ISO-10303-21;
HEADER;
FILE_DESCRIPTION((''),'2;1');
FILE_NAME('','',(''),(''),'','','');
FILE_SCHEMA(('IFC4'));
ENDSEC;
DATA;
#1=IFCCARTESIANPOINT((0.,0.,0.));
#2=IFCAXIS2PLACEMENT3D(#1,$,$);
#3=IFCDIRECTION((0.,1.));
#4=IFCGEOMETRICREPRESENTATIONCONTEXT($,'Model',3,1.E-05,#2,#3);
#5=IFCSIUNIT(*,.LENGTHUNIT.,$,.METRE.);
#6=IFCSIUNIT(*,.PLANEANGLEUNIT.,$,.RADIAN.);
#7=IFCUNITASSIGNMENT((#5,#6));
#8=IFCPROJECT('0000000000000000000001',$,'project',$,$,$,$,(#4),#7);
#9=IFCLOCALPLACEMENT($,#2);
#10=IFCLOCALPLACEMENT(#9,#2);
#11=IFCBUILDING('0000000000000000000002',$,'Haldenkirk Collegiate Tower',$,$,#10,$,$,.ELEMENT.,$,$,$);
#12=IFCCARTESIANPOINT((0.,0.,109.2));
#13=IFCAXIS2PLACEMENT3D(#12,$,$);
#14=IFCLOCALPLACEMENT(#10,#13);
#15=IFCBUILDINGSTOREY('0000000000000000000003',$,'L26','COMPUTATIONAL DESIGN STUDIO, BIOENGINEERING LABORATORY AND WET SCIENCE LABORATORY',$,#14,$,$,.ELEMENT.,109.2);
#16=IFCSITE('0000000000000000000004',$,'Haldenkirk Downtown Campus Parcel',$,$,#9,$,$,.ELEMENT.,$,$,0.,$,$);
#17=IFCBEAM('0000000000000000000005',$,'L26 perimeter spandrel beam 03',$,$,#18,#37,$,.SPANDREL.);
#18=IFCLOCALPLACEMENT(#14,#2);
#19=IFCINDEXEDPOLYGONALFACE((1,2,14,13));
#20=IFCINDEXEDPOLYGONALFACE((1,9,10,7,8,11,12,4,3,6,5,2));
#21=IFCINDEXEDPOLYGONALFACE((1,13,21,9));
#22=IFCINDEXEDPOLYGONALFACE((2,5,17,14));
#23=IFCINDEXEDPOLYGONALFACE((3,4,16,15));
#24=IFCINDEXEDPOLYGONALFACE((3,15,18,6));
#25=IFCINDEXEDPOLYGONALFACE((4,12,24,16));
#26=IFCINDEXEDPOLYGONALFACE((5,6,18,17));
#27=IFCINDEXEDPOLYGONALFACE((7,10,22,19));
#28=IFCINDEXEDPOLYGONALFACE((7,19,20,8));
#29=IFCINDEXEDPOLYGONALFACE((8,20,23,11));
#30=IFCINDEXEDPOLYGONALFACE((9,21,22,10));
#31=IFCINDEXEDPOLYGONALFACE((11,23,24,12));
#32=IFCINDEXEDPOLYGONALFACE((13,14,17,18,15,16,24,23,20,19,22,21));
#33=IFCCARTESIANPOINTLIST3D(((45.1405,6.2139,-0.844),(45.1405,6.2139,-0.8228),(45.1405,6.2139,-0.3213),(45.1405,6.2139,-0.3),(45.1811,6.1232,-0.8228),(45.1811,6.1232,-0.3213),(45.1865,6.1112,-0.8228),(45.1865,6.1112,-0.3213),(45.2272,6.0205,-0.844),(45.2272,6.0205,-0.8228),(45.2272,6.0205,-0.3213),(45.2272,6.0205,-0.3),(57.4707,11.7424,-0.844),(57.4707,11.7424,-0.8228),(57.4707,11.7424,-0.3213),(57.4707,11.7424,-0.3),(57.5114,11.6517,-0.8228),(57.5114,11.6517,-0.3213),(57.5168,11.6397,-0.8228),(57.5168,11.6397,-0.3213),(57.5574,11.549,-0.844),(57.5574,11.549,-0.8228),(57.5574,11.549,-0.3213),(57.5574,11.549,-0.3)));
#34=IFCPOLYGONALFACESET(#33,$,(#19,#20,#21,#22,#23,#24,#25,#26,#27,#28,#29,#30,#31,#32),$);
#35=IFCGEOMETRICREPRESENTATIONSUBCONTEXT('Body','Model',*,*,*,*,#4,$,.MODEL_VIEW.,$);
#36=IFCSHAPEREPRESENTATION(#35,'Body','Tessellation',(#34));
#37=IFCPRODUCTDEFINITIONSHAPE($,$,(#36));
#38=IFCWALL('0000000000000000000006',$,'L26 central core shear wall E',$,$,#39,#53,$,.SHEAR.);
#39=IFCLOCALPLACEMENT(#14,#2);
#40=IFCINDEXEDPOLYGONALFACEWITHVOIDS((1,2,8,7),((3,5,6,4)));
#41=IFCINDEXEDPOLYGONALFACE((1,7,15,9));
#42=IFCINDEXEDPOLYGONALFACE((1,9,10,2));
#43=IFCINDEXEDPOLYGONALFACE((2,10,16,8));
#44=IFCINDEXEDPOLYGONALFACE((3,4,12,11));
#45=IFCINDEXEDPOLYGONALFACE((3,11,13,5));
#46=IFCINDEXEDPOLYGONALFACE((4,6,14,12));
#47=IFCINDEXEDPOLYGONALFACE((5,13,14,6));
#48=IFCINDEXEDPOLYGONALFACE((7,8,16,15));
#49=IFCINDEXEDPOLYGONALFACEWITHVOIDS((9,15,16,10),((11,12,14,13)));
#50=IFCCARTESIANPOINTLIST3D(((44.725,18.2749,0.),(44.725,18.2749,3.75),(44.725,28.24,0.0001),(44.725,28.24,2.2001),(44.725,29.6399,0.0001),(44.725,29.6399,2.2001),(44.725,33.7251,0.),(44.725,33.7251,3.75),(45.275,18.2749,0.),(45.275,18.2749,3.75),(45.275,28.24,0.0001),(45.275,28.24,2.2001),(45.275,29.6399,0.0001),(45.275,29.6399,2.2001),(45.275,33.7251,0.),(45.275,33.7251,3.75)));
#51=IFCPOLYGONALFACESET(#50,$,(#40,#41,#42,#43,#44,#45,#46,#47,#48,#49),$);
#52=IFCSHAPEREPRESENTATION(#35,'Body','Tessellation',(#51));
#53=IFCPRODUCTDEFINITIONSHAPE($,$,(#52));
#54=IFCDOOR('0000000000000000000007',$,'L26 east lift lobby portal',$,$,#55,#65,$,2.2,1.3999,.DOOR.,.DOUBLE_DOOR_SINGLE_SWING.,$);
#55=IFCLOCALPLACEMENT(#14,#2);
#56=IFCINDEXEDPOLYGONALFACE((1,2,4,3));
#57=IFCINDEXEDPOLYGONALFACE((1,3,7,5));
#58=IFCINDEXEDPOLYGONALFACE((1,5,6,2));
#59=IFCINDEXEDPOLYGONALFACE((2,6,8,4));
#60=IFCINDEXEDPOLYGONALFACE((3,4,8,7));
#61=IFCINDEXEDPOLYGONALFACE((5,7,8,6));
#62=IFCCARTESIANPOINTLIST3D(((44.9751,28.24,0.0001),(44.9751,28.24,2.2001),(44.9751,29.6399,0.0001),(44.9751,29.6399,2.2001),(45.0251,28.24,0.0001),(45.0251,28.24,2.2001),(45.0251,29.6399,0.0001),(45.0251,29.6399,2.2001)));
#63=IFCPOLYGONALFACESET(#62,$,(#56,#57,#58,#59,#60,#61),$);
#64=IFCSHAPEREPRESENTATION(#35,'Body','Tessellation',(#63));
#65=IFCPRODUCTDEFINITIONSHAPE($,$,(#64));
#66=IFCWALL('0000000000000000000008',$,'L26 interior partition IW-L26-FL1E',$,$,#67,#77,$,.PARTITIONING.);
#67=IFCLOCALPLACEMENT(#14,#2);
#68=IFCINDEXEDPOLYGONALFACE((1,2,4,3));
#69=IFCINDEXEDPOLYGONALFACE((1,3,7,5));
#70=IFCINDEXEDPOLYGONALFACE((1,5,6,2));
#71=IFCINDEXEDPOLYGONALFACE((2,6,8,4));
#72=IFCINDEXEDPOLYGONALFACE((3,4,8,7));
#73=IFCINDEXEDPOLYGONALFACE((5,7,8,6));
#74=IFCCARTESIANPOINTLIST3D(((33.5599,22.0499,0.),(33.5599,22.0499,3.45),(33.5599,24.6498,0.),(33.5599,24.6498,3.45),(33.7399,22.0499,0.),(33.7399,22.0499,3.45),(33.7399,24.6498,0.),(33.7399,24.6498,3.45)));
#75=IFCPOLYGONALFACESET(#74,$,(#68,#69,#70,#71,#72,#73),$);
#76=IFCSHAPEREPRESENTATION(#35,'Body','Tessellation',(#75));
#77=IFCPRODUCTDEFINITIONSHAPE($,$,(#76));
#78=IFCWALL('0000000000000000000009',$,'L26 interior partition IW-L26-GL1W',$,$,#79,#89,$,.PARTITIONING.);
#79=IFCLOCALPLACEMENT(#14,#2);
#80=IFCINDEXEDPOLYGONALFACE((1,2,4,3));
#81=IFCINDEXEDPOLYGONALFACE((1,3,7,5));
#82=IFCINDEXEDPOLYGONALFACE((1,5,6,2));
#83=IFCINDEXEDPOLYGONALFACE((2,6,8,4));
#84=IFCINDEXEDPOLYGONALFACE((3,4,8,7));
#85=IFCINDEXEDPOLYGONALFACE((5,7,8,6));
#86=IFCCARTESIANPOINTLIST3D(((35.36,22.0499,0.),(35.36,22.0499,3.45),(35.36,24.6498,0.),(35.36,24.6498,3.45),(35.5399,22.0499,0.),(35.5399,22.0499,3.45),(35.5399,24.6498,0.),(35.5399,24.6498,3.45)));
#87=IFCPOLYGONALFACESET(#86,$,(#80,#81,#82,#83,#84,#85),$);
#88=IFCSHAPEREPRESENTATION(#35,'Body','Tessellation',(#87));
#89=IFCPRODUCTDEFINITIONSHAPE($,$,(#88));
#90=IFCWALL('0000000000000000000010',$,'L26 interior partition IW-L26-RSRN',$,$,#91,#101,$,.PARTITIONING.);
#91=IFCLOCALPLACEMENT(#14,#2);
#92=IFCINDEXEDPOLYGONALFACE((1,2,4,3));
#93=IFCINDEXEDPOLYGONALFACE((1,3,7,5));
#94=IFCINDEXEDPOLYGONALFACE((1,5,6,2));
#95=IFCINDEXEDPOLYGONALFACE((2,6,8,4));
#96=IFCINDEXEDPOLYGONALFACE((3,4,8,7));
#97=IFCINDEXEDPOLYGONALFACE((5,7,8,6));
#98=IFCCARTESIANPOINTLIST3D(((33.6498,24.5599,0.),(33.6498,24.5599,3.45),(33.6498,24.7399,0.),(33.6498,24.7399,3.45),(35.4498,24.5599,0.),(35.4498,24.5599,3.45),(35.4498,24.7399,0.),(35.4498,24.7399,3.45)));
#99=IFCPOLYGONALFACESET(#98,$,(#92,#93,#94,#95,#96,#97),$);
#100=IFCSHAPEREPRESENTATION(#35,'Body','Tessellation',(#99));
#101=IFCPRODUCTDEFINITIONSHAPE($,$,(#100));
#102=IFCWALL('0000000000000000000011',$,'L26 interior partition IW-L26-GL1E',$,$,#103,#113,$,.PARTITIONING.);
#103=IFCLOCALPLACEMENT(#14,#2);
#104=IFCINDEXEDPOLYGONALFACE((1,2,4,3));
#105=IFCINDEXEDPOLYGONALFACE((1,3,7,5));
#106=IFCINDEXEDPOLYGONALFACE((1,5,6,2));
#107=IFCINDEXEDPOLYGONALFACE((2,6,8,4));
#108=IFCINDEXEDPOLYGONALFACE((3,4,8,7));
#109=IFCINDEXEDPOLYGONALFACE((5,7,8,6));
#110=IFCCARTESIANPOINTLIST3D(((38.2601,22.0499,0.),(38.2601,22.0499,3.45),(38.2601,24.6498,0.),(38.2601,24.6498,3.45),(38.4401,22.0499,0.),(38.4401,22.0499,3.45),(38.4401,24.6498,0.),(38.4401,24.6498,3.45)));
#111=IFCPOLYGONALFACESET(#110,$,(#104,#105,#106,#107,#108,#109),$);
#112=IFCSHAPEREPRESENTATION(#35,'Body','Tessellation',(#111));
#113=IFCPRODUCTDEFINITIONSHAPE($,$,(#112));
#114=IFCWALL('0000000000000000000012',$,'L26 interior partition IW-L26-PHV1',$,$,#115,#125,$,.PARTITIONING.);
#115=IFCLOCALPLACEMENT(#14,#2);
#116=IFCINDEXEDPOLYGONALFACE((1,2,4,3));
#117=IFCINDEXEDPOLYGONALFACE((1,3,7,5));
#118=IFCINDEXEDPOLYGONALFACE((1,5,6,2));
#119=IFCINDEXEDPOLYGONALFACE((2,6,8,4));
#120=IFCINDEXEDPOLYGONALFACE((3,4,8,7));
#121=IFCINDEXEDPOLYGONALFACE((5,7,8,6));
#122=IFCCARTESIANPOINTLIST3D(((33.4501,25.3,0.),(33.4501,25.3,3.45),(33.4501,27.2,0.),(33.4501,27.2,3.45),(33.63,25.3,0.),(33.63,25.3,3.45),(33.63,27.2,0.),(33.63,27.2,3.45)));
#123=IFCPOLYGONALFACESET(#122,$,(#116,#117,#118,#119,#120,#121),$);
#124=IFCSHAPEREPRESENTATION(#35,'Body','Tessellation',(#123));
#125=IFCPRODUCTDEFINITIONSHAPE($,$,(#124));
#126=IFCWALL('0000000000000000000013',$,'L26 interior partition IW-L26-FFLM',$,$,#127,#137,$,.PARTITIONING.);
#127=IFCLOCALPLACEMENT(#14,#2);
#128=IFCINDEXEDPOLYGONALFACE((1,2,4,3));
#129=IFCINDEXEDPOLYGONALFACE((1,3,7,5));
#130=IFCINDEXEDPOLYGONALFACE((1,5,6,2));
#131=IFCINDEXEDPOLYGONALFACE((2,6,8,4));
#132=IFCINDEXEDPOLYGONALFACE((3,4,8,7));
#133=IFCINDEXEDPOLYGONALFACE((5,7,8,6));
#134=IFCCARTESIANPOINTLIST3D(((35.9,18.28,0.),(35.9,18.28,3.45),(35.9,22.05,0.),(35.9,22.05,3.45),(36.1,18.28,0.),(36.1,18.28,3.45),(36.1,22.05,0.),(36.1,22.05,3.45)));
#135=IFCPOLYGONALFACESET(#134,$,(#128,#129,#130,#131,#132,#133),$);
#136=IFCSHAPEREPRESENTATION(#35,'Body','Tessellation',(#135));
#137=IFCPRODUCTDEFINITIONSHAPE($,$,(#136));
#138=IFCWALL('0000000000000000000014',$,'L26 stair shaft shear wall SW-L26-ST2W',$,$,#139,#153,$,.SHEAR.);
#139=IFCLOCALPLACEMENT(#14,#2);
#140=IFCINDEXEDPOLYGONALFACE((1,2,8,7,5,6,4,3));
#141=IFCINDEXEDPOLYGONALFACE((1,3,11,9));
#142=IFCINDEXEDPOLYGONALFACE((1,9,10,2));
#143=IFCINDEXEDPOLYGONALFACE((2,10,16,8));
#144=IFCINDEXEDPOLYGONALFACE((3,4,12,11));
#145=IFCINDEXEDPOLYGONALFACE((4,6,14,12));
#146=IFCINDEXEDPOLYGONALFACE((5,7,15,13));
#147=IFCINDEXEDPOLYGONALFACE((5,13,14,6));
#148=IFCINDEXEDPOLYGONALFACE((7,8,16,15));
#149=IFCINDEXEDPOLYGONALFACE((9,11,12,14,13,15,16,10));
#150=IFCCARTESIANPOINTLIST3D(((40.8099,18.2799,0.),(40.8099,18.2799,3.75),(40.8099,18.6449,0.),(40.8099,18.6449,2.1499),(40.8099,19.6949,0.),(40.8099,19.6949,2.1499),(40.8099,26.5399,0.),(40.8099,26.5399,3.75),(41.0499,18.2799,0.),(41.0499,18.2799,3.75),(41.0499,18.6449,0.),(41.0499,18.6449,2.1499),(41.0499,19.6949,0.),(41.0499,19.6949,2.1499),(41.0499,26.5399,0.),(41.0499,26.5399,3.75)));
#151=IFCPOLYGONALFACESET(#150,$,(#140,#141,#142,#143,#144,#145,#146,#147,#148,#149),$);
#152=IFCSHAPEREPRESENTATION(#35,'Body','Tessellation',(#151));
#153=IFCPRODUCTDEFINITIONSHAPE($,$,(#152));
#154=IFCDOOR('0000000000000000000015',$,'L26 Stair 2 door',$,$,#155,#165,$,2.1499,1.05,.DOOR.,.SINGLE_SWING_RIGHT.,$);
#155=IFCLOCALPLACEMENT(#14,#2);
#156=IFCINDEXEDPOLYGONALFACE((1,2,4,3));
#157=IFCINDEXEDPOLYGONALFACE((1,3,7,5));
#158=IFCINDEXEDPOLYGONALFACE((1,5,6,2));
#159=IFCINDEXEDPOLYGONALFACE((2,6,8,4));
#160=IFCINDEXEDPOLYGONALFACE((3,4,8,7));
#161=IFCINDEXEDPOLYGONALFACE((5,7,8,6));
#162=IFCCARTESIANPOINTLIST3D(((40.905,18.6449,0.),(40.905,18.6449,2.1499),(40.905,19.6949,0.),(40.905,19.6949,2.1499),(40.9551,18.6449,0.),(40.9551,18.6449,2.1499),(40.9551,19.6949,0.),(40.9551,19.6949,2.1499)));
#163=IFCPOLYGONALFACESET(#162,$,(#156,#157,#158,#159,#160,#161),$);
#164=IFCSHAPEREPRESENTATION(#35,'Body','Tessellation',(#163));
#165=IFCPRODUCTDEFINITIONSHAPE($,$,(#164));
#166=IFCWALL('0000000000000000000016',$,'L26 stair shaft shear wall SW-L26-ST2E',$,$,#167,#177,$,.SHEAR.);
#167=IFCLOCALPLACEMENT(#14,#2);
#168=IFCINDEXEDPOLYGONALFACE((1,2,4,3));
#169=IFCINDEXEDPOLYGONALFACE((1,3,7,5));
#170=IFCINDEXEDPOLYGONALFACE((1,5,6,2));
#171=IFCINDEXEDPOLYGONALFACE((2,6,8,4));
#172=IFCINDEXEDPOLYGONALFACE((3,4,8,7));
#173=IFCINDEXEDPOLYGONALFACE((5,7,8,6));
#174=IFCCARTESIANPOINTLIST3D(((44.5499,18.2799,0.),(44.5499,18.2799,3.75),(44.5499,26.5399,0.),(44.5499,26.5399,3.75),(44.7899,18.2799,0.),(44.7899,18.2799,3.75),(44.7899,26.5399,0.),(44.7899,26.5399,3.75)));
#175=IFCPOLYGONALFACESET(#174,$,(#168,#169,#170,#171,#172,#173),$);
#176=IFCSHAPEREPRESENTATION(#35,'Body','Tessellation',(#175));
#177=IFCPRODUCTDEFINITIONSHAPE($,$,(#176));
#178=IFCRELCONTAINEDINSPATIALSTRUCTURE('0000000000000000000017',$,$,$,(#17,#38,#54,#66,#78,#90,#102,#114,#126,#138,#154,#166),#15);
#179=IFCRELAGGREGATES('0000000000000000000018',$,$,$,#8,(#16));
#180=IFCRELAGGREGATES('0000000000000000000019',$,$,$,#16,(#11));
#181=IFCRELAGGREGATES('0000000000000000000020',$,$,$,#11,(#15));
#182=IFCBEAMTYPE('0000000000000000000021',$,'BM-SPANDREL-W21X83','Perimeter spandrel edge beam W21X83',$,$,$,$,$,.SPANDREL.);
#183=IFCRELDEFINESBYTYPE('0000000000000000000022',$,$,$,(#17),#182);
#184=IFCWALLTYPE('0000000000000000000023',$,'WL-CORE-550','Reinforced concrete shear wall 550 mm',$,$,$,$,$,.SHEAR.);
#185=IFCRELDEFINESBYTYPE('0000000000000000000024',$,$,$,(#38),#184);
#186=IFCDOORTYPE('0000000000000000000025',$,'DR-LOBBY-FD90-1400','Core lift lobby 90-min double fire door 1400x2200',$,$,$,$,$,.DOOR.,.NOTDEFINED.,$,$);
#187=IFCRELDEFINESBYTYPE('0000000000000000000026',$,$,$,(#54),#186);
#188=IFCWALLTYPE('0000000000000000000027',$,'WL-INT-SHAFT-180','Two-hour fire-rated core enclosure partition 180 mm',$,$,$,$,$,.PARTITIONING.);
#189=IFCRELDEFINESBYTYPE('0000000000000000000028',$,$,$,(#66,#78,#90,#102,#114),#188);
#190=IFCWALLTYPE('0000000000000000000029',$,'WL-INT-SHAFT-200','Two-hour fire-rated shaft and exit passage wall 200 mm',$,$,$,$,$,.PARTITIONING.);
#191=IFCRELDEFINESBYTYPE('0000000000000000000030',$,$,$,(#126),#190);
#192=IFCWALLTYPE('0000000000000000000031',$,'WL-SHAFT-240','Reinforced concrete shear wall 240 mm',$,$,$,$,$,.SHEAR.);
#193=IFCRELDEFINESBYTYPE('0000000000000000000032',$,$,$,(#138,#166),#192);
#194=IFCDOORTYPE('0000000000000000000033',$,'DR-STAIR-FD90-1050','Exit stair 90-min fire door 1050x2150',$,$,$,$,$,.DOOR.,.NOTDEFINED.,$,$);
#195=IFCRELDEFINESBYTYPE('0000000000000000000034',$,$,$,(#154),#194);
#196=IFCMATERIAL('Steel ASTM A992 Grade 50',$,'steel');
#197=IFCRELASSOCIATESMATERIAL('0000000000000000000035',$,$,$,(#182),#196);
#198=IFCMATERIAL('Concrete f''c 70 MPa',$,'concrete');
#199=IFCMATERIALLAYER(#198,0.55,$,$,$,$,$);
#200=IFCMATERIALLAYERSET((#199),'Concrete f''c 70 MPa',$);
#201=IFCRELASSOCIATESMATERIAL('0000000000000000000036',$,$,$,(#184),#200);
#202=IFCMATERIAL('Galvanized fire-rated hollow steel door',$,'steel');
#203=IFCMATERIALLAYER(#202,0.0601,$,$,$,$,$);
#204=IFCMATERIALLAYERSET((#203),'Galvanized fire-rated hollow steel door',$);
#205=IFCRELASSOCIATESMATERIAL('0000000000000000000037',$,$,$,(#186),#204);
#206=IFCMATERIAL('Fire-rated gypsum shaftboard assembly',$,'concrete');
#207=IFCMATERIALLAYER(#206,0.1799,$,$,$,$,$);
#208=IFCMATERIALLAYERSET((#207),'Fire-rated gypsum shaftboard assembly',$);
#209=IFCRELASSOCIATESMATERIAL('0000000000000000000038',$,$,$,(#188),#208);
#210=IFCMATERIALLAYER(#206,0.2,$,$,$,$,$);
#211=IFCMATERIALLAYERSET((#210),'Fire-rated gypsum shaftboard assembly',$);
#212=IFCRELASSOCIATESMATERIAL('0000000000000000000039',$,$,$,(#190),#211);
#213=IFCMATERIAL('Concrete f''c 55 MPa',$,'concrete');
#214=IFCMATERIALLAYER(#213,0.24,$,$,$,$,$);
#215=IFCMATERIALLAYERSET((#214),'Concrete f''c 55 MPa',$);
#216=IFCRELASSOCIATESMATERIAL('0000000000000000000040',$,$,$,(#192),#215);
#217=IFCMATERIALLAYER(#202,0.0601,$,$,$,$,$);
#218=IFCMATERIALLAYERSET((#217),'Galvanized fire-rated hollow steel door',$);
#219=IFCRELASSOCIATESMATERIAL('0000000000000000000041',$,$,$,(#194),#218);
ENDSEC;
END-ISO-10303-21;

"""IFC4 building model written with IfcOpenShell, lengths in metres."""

from ifc_helpers import new_model, si_unit, direction, frame, frame_2d, origin, origin_2d, place, context, subcontext, project, spatial, rectangle, i_section, extrude, material, layer, layer_set, material_profile, profile_set, type_object, element, fill, save


model = new_model("IFC4")

# Units and contexts
model_context = context("Model", 3, precision=1e-05, world=origin(), true_north=direction((0.0, 1.0)))
body_context = subcontext(model_context, "Body", "Model", "MODEL_VIEW")
ifc_project = project(units=[si_unit("LENGTHUNIT", "METRE"), si_unit("PLANEANGLEUNIT", "RADIAN")], contexts=[model_context])

# Site, building, storey
site_placement = place(None, origin())
site = spatial("IfcSite", under=ifc_project, at=site_placement, Name="Haldenkirk Downtown Campus Parcel", CompositionType="ELEMENT", RefElevation=0.0)
building_placement = place(site_placement, origin())
building = spatial("IfcBuilding", under=site, at=building_placement, Name="Haldenkirk Collegiate Tower", CompositionType="ELEMENT")
storey_placement = place(building_placement, frame((0.0, 0.0, 109.2)))
storey = spatial("IfcBuildingStorey", under=building, at=storey_placement, Name="L26", Description="COMPUTATIONAL DESIGN STUDIO, BIOENGINEERING LABORATORY AND WET SCIENCE LABORATORY", CompositionType="ELEMENT", Elevation=109.2)

# Beam
ifc_material_1 = material(Name="Steel ASTM A992 Grade 50", Category="steel")
ifc_material_profile = material_profile(ifc_material_1, i_section(OverallWidth=0.2119, OverallDepth=0.5439, WebThickness=0.0132, FlangeThickness=0.0212, at=origin_2d()), Name="W21X83")
ifc_profile_set = profile_set([ifc_material_profile], Name="Steel ASTM A992 Grade 50")
beam_type = type_object("IfcBeamType", Name="BM-SPANDREL-W21X83", Description="Perimeter spandrel edge beam W21X83", PredefinedType="SPANDREL", material=ifc_profile_set)
beam_placement = place(storey_placement, frame((45.1838, 6.1172, -0.572), z_axis=(0.912477, 0.409129, 0.0), x_axis=(-0.409129, 0.912477, 0.0)))
element("IfcBeam", 1, at=beam_placement, inside=storey, type_object=beam_type, Name="L26 perimeter spandrel beam 03", PredefinedType="SPANDREL", context=body_context, shape_type="SweptSolid", body=[
    extrude(i_section(OverallWidth=0.2119, OverallDepth=0.5439, WebThickness=0.0132, FlangeThickness=0.0212, at=origin_2d()), origin(), (0.0, 0.0, 1.0), 13.5129),
])

# Wall, opening, door
ifc_material_2 = material(Name="Concrete f'c 70 MPa", Category="concrete")
ifc_layer_1 = layer(ifc_material_2, 0.55)
ifc_layer_set_1 = layer_set([ifc_layer_1], Name="Concrete f'c 70 MPa")
wall_type_1 = type_object("IfcWallType", Name="WL-CORE-550", Description="Reinforced concrete shear wall 550 mm", PredefinedType="SHEAR", material=ifc_layer_set_1)
wall_1_placement = place(storey_placement, frame((45.0, 18.2749, 0.0), z_axis=(0.0, 0.0, 1.0), x_axis=(0.0, 1.0, 0.0)))
wall_1 = element("IfcWall", 2, at=wall_1_placement, inside=storey, type_object=wall_type_1, Name="L26 central core shear wall E", PredefinedType="SHEAR", context=body_context, shape_type="SweptSolid", body=[
    extrude(rectangle(XDim=15.4502, YDim=0.55, at=frame_2d((7.7251, 0.0))), origin(), (0.0, 0.0, 1.0), 3.75),
])
opening_1_placement = place(wall_1_placement, frame((9.9651, 0.0, 0.0)))
opening_1 = element("IfcOpeningElement", 3, at=opening_1_placement, cuts=wall_1, PredefinedType="OPENING", context=body_context, shape_type="SweptSolid", body=[
    extrude(rectangle(XDim=1.3999, YDim=2.2, at=frame_2d((0.7, 1.1001))), frame((0.0, 0.2849, 0.0), z_axis=(0.0, -1.0, 0.0), x_axis=(1.0, 0.0, 0.0)), (0.0, 0.0, 1.0), 0.5701),
])
ifc_material_3 = material(Name="Galvanized fire-rated hollow steel door", Category="steel")
ifc_layer_2 = layer(ifc_material_3, 0.0601)
ifc_layer_set_2 = layer_set([ifc_layer_2], Name="Galvanized fire-rated hollow steel door")
door_type_1 = type_object("IfcDoorType", Name="DR-LOBBY-FD90-1400", Description="Core lift lobby 90-min double fire door 1400x2200", OperationType="NOTDEFINED", PredefinedType="DOOR", material=ifc_layer_set_2)
door_1_placement = place(opening_1_placement, origin())
door_1 = element("IfcDoor", 4, at=door_1_placement, inside=storey, type_object=door_type_1, Name="L26 east lift lobby portal", OperationType="DOUBLE_DOOR_SINGLE_SWING", OverallHeight=2.2, OverallWidth=1.3999, PredefinedType="DOOR", context=body_context, shape_type="SweptSolid", body=[
    extrude(rectangle(XDim=1.3999, YDim=2.2, at=frame_2d((0.7, 1.1001))), frame((0.0, 0.0249, 0.0), z_axis=(0.0, -1.0, 0.0), x_axis=(1.0, 0.0, 0.0)), (0.0, 0.0, 1.0), 0.05),
])
fill(opening_1, door_1)

# Walls
ifc_material_4 = material(Name="Fire-rated gypsum shaftboard assembly", Category="concrete")
ifc_layer_3 = layer(ifc_material_4, 0.1799)
ifc_layer_set_3 = layer_set([ifc_layer_3], Name="Fire-rated gypsum shaftboard assembly")
wall_type_2 = type_object("IfcWallType", Name="WL-INT-SHAFT-180", Description="Two-hour fire-rated core enclosure partition 180 mm", PredefinedType="PARTITIONING", material=ifc_layer_set_3)
for number, where, z_axis, x_axis, name in (
    (5, (33.6499, 22.05, 0.0), (0.0, 0.0, 1.0), (0.0, 1.0, 0.0), "L26 interior partition IW-L26-FL1E"),
    (6, (35.45, 22.05, 0.0), (0.0, 0.0, 1.0), (0.0, 1.0, 0.0), "L26 interior partition IW-L26-GL1W"),
):
    element("IfcWall", number, at=place(storey_placement, frame(where, z_axis=z_axis, x_axis=x_axis)), inside=storey, type_object=wall_type_2, Name=name, PredefinedType="PARTITIONING", context=body_context, shape_type="SweptSolid", body=[
        extrude(rectangle(XDim=2.5999, YDim=0.1799, at=frame_2d((1.2998, 0.0))), origin(), (0.0, 0.0, 1.0), 3.45),
    ])
wall_2_placement = place(storey_placement, frame((33.6499, 24.6499, 0.0), z_axis=(0.0, 0.0, 1.0), x_axis=(1.0, 0.0, 0.0)))
element("IfcWall", 7, at=wall_2_placement, inside=storey, type_object=wall_type_2, Name="L26 interior partition IW-L26-RSRN", PredefinedType="PARTITIONING", context=body_context, shape_type="SweptSolid", body=[
    extrude(rectangle(XDim=1.8, YDim=0.1799, at=frame_2d((0.8999, 0.0))), origin(), (0.0, 0.0, 1.0), 3.45),
])
wall_3_placement = place(storey_placement, frame((38.3501, 22.05, 0.0), z_axis=(0.0, 0.0, 1.0), x_axis=(0.0, 1.0, 0.0)))
element("IfcWall", 8, at=wall_3_placement, inside=storey, type_object=wall_type_2, Name="L26 interior partition IW-L26-GL1E", PredefinedType="PARTITIONING", context=body_context, shape_type="SweptSolid", body=[
    extrude(rectangle(XDim=2.5999, YDim=0.1799, at=frame_2d((1.2998, 0.0))), origin(), (0.0, 0.0, 1.0), 3.45),
])
wall_4_placement = place(storey_placement, frame((33.54, 25.3, 0.0), z_axis=(0.0, 0.0, 1.0), x_axis=(0.0, 1.0, 0.0)))
element("IfcWall", 9, at=wall_4_placement, inside=storey, type_object=wall_type_2, Name="L26 interior partition IW-L26-PHV1", PredefinedType="PARTITIONING", context=body_context, shape_type="SweptSolid", body=[
    extrude(rectangle(XDim=1.8999, YDim=0.1799, at=frame_2d((0.95, 0.0))), origin(), (0.0, 0.0, 1.0), 3.45),
])
ifc_layer_4 = layer(ifc_material_4, 0.2)
ifc_layer_set_4 = layer_set([ifc_layer_4], Name="Fire-rated gypsum shaftboard assembly")
wall_type_3 = type_object("IfcWallType", Name="WL-INT-SHAFT-200", Description="Two-hour fire-rated shaft and exit passage wall 200 mm", PredefinedType="PARTITIONING", material=ifc_layer_set_4)
wall_5_placement = place(storey_placement, frame((36.0, 18.28, 0.0), z_axis=(0.0, 0.0, 1.0), x_axis=(0.0, 1.0, 0.0)))
element("IfcWall", 10, at=wall_5_placement, inside=storey, type_object=wall_type_3, Name="L26 interior partition IW-L26-FFLM", PredefinedType="PARTITIONING", context=body_context, shape_type="SweptSolid", body=[
    extrude(rectangle(XDim=3.77, YDim=0.2, at=frame_2d((1.885, 0.0))), origin(), (0.0, 0.0, 1.0), 3.45),
])

# Wall, opening, door
ifc_material_5 = material(Name="Concrete f'c 55 MPa", Category="concrete")
ifc_layer_5 = layer(ifc_material_5, 0.24)
ifc_layer_set_5 = layer_set([ifc_layer_5], Name="Concrete f'c 55 MPa")
wall_type_4 = type_object("IfcWallType", Name="WL-SHAFT-240", Description="Reinforced concrete shear wall 240 mm", PredefinedType="SHEAR", material=ifc_layer_set_5)
wall_6_placement = place(storey_placement, frame((40.9299, 18.28, 0.0), z_axis=(0.0, 0.0, 1.0), x_axis=(0.0, 1.0, 0.0)))
wall_6 = element("IfcWall", 11, at=wall_6_placement, inside=storey, type_object=wall_type_4, Name="L26 stair shaft shear wall SW-L26-ST2W", PredefinedType="SHEAR", context=body_context, shape_type="SweptSolid", body=[
    extrude(rectangle(XDim=8.26, YDim=0.24, at=frame_2d((4.1299, 0.0))), origin(), (0.0, 0.0, 1.0), 3.75),
])
opening_2_placement = place(wall_6_placement, frame((0.365, 0.0, 0.0)))
opening_2 = element("IfcOpeningElement", 12, at=opening_2_placement, cuts=wall_6, PredefinedType="OPENING", context=body_context, shape_type="SweptSolid", body=[
    extrude(rectangle(XDim=1.05, YDim=2.1499, at=frame_2d((0.5249, 1.075))), frame((0.0, 0.1299, 0.0), z_axis=(0.0, -1.0, 0.0), x_axis=(1.0, 0.0, 0.0)), (0.0, 0.0, 1.0), 0.26),
])
ifc_layer_6 = layer(ifc_material_3, 0.0601)
ifc_layer_set_6 = layer_set([ifc_layer_6], Name="Galvanized fire-rated hollow steel door")
door_type_2 = type_object("IfcDoorType", Name="DR-STAIR-FD90-1050", Description="Exit stair 90-min fire door 1050x2150", OperationType="NOTDEFINED", PredefinedType="DOOR", material=ifc_layer_set_6)
door_2_placement = place(opening_2_placement, origin())
door_2 = element("IfcDoor", 13, at=door_2_placement, inside=storey, type_object=door_type_2, Name="L26 Stair 2 door", OperationType="SINGLE_SWING_RIGHT", OverallHeight=2.1499, OverallWidth=1.05, PredefinedType="DOOR", context=body_context, shape_type="SweptSolid", body=[
    extrude(rectangle(XDim=1.05, YDim=2.1499, at=frame_2d((0.5249, 1.075))), frame((0.0, 0.0249, 0.0), z_axis=(0.0, -1.0, 0.0), x_axis=(1.0, 0.0, 0.0)), (0.0, 0.0, 1.0), 0.05),
])
fill(opening_2, door_2)

# Wall
wall_7_placement = place(storey_placement, frame((44.6699, 18.28, 0.0), z_axis=(0.0, 0.0, 1.0), x_axis=(0.0, 1.0, 0.0)))
element("IfcWall", 14, at=wall_7_placement, inside=storey, type_object=wall_type_4, Name="L26 stair shaft shear wall SW-L26-ST2E", PredefinedType="SHEAR", context=body_context, shape_type="SweptSolid", body=[
    extrude(rectangle(XDim=8.26, YDim=0.24, at=frame_2d((4.1299, 0.0))), origin(), (0.0, 0.0, 1.0), 3.75),
])

save(model, "model.ifc")
